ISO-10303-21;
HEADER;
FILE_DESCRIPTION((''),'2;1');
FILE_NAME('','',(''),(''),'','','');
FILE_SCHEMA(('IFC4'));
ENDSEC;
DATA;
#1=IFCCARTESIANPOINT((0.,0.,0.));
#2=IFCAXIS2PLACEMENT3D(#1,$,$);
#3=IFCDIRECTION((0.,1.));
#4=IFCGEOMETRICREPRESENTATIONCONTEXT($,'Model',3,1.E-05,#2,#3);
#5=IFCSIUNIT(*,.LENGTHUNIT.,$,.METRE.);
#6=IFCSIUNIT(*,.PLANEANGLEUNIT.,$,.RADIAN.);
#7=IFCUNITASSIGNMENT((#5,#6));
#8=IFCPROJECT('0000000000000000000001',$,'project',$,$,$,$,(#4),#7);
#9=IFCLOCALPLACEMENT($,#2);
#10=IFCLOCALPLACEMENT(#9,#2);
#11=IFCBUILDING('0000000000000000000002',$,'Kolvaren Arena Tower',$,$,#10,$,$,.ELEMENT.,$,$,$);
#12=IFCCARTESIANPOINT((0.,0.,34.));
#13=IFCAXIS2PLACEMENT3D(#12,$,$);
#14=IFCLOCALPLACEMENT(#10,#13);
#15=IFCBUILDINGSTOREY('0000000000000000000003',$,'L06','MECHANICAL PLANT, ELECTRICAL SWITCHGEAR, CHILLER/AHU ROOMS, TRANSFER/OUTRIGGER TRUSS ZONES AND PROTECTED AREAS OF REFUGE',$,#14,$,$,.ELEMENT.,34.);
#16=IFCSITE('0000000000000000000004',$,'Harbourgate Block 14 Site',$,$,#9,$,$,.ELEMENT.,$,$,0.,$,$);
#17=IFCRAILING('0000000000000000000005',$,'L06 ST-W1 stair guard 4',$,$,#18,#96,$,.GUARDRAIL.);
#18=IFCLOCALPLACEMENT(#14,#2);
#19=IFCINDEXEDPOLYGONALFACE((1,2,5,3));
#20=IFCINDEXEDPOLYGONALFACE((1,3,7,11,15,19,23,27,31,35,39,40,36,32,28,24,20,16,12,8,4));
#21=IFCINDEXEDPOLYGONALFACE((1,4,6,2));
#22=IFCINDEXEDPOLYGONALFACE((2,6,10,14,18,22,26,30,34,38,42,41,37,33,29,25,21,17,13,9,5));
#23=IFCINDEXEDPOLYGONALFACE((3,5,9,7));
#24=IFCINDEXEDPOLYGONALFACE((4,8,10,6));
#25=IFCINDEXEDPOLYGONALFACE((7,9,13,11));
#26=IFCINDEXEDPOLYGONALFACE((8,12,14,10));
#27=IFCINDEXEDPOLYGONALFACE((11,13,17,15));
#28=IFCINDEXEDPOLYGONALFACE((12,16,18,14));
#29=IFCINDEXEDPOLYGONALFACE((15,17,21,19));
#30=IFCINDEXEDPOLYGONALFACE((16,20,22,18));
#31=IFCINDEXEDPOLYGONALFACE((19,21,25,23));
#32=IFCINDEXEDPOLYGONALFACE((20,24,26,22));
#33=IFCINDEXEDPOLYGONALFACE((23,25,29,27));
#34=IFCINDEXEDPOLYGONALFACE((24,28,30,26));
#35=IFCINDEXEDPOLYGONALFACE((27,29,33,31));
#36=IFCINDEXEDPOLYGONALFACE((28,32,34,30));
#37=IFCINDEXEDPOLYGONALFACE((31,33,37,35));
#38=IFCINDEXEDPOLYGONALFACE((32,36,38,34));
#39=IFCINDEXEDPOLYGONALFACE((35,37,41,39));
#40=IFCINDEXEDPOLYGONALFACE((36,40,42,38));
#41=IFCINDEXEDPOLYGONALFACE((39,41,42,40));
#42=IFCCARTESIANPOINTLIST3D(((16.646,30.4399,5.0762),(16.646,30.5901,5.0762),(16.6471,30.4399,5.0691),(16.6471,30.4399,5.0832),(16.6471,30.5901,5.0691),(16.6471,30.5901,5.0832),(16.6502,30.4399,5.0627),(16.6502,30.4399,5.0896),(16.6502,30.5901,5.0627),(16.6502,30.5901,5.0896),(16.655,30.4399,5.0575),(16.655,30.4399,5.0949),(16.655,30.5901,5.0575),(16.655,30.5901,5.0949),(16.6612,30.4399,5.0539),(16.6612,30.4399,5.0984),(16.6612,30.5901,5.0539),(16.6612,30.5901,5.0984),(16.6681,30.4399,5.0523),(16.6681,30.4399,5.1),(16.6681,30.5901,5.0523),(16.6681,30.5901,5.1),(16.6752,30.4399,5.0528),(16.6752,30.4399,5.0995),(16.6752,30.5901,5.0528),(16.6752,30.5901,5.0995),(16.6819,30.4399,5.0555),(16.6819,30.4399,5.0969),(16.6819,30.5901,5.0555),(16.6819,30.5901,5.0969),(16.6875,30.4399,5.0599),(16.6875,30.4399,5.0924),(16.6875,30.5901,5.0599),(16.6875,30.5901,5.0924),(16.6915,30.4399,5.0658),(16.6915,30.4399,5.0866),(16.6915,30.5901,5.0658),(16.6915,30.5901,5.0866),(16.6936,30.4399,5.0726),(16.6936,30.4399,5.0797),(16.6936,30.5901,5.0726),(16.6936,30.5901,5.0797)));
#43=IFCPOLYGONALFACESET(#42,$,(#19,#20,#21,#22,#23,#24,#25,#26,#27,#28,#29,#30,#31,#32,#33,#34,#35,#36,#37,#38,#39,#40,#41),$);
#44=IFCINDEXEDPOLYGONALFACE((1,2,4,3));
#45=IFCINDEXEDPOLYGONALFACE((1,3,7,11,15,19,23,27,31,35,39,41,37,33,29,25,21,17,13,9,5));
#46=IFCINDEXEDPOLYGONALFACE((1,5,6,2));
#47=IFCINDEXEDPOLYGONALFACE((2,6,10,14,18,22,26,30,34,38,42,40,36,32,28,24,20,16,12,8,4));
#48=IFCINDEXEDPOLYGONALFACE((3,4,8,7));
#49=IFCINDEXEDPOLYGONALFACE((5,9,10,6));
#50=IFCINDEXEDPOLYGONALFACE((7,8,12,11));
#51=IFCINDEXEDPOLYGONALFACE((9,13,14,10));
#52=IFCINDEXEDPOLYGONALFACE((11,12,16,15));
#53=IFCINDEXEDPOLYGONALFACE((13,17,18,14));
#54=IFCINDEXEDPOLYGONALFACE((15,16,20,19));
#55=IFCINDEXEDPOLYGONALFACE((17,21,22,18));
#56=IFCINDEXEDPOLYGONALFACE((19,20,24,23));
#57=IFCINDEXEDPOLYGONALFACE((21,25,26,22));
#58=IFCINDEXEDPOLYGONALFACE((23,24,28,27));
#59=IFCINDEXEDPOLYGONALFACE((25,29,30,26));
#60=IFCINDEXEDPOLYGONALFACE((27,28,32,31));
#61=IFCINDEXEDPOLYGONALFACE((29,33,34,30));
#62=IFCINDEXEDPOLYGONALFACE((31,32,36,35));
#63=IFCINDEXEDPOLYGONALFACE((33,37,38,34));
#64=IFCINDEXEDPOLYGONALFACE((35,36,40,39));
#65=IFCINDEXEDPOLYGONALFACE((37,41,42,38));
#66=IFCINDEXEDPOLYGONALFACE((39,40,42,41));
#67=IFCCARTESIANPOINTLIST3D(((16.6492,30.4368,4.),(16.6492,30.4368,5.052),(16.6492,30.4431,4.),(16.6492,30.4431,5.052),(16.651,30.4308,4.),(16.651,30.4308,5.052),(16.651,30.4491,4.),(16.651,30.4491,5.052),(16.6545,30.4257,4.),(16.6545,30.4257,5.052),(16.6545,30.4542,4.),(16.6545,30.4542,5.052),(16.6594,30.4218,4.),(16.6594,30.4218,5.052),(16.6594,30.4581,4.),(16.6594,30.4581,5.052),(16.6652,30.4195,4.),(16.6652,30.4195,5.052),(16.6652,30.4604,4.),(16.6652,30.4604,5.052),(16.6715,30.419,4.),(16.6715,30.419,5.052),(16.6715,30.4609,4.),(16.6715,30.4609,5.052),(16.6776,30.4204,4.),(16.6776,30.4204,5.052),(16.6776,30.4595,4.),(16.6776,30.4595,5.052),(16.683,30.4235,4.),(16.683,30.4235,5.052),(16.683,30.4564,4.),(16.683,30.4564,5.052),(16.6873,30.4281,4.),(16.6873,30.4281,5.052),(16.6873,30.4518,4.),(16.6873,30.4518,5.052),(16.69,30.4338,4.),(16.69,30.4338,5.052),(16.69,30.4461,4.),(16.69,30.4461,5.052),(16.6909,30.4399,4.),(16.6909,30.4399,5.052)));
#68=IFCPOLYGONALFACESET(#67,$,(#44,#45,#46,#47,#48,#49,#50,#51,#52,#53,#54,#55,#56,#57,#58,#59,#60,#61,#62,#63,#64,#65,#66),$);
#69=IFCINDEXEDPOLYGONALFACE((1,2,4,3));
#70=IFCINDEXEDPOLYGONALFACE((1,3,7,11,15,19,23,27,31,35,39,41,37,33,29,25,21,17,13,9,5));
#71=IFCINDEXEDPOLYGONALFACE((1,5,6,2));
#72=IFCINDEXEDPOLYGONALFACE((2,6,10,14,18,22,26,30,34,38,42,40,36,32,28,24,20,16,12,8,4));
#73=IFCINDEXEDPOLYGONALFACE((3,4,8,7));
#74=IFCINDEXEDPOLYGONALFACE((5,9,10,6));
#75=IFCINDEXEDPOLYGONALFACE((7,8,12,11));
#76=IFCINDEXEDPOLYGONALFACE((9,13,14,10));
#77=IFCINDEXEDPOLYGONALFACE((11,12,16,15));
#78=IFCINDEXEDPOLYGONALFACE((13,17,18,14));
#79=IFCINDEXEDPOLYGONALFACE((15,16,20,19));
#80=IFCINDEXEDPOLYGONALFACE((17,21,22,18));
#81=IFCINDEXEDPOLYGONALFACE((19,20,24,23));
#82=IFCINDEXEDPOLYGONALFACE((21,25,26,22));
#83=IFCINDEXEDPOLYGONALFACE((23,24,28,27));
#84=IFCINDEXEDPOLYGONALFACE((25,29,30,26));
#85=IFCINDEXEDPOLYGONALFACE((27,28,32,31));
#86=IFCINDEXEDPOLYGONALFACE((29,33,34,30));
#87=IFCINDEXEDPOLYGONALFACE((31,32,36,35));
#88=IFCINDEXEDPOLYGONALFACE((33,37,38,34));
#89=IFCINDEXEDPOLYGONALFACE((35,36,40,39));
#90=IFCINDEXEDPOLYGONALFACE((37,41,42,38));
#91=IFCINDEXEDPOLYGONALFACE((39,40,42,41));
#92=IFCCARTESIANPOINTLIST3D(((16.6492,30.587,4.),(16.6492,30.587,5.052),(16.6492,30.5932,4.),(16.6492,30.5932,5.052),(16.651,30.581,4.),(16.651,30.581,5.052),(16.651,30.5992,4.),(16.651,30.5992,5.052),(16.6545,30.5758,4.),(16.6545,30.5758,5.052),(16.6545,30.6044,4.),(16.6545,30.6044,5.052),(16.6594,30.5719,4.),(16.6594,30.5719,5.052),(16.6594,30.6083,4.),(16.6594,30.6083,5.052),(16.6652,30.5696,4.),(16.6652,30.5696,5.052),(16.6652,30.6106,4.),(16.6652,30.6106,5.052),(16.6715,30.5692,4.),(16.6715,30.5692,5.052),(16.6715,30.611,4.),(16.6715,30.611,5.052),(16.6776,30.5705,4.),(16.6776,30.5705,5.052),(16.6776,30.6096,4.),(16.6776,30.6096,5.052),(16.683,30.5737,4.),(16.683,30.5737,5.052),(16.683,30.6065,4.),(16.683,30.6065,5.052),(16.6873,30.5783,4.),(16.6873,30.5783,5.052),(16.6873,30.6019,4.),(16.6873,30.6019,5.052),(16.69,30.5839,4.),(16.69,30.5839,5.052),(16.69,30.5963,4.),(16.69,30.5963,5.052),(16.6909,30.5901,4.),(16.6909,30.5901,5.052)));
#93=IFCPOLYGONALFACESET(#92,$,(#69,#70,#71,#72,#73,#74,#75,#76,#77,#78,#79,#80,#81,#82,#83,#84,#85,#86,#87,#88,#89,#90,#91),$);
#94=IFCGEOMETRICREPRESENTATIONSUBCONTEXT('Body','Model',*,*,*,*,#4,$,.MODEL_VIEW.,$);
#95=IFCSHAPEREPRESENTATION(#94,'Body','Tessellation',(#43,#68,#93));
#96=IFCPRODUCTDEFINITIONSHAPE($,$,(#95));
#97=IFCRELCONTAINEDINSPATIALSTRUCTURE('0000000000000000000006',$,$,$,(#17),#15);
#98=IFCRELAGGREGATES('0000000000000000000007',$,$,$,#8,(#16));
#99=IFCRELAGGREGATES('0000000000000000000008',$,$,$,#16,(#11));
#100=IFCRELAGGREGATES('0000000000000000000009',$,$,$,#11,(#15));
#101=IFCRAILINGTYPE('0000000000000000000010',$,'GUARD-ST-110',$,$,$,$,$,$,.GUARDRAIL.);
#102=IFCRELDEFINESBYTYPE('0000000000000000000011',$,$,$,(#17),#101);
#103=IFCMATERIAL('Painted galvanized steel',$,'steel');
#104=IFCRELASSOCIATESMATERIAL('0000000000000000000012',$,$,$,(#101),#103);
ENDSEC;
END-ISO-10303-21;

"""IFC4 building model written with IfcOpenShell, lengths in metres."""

from ifc_helpers import new_model, si_unit, direction, frame, origin, origin_2d, place, context, subcontext, project, spatial, circle, extrude, material, type_object, element, save


model = new_model("IFC4")

# Units and contexts
model_context = context("Model", 3, precision=1e-05, world=origin(), true_north=direction((0.0, 1.0)))
body_context = subcontext(model_context, "Body", "Model", "MODEL_VIEW")
ifc_project = project(units=[si_unit("LENGTHUNIT", "METRE"), si_unit("PLANEANGLEUNIT", "RADIAN")], contexts=[model_context])

# Site, building, storey
site_placement = place(None, origin())
site = spatial("IfcSite", under=ifc_project, at=site_placement, Name="Harbourgate Block 14 Site", CompositionType="ELEMENT", RefElevation=0.0)
building_placement = place(site_placement, origin())
building = spatial("IfcBuilding", under=site, at=building_placement, Name="Kolvaren Arena Tower", CompositionType="ELEMENT")
storey_placement = place(building_placement, frame((0.0, 0.0, 34.0)))
storey = spatial("IfcBuildingStorey", under=building, at=storey_placement, Name="L06", Description="MECHANICAL PLANT, ELECTRICAL SWITCHGEAR, CHILLER/AHU ROOMS, TRANSFER/OUTRIGGER TRUSS ZONES AND PROTECTED AREAS OF REFUGE", CompositionType="ELEMENT", Elevation=34.0)

# Railing
ifc_material_1 = material(Name="Painted galvanized steel", Category="steel")
railing_type_1 = type_object("IfcRailingType", Name="GUARD-ST-110", PredefinedType="GUARDRAIL", material=ifc_material_1)
railing_1_placement = place(storey_placement, frame((16.6699, 30.4399, 4.0)))
element("IfcRailing", 1, at=railing_1_placement, inside=storey, type_object=railing_type_1, Name="L06 ST-W1 stair guard 4", PredefinedType="GUARDRAIL", context=body_context, shape_type="SweptSolid", body=[
    extrude(circle(Radius=0.0239, at=origin_2d()), frame((0.0, 0.0, 1.0762), z_axis=(0.0, 1.0, 0.0), x_axis=(-1.0, 0.0, 0.0)), (0.0, 0.0, 1.0), 0.1501),
    extrude(circle(Radius=0.021, at=origin_2d()), origin(), (0.0, 0.0, 1.0), 1.052),
    extrude(circle(Radius=0.021, at=origin_2d()), frame((0.0, 0.1501, 0.0)), (0.0, 0.0, 1.0), 1.052),
])

save(model, "model.ifc")
